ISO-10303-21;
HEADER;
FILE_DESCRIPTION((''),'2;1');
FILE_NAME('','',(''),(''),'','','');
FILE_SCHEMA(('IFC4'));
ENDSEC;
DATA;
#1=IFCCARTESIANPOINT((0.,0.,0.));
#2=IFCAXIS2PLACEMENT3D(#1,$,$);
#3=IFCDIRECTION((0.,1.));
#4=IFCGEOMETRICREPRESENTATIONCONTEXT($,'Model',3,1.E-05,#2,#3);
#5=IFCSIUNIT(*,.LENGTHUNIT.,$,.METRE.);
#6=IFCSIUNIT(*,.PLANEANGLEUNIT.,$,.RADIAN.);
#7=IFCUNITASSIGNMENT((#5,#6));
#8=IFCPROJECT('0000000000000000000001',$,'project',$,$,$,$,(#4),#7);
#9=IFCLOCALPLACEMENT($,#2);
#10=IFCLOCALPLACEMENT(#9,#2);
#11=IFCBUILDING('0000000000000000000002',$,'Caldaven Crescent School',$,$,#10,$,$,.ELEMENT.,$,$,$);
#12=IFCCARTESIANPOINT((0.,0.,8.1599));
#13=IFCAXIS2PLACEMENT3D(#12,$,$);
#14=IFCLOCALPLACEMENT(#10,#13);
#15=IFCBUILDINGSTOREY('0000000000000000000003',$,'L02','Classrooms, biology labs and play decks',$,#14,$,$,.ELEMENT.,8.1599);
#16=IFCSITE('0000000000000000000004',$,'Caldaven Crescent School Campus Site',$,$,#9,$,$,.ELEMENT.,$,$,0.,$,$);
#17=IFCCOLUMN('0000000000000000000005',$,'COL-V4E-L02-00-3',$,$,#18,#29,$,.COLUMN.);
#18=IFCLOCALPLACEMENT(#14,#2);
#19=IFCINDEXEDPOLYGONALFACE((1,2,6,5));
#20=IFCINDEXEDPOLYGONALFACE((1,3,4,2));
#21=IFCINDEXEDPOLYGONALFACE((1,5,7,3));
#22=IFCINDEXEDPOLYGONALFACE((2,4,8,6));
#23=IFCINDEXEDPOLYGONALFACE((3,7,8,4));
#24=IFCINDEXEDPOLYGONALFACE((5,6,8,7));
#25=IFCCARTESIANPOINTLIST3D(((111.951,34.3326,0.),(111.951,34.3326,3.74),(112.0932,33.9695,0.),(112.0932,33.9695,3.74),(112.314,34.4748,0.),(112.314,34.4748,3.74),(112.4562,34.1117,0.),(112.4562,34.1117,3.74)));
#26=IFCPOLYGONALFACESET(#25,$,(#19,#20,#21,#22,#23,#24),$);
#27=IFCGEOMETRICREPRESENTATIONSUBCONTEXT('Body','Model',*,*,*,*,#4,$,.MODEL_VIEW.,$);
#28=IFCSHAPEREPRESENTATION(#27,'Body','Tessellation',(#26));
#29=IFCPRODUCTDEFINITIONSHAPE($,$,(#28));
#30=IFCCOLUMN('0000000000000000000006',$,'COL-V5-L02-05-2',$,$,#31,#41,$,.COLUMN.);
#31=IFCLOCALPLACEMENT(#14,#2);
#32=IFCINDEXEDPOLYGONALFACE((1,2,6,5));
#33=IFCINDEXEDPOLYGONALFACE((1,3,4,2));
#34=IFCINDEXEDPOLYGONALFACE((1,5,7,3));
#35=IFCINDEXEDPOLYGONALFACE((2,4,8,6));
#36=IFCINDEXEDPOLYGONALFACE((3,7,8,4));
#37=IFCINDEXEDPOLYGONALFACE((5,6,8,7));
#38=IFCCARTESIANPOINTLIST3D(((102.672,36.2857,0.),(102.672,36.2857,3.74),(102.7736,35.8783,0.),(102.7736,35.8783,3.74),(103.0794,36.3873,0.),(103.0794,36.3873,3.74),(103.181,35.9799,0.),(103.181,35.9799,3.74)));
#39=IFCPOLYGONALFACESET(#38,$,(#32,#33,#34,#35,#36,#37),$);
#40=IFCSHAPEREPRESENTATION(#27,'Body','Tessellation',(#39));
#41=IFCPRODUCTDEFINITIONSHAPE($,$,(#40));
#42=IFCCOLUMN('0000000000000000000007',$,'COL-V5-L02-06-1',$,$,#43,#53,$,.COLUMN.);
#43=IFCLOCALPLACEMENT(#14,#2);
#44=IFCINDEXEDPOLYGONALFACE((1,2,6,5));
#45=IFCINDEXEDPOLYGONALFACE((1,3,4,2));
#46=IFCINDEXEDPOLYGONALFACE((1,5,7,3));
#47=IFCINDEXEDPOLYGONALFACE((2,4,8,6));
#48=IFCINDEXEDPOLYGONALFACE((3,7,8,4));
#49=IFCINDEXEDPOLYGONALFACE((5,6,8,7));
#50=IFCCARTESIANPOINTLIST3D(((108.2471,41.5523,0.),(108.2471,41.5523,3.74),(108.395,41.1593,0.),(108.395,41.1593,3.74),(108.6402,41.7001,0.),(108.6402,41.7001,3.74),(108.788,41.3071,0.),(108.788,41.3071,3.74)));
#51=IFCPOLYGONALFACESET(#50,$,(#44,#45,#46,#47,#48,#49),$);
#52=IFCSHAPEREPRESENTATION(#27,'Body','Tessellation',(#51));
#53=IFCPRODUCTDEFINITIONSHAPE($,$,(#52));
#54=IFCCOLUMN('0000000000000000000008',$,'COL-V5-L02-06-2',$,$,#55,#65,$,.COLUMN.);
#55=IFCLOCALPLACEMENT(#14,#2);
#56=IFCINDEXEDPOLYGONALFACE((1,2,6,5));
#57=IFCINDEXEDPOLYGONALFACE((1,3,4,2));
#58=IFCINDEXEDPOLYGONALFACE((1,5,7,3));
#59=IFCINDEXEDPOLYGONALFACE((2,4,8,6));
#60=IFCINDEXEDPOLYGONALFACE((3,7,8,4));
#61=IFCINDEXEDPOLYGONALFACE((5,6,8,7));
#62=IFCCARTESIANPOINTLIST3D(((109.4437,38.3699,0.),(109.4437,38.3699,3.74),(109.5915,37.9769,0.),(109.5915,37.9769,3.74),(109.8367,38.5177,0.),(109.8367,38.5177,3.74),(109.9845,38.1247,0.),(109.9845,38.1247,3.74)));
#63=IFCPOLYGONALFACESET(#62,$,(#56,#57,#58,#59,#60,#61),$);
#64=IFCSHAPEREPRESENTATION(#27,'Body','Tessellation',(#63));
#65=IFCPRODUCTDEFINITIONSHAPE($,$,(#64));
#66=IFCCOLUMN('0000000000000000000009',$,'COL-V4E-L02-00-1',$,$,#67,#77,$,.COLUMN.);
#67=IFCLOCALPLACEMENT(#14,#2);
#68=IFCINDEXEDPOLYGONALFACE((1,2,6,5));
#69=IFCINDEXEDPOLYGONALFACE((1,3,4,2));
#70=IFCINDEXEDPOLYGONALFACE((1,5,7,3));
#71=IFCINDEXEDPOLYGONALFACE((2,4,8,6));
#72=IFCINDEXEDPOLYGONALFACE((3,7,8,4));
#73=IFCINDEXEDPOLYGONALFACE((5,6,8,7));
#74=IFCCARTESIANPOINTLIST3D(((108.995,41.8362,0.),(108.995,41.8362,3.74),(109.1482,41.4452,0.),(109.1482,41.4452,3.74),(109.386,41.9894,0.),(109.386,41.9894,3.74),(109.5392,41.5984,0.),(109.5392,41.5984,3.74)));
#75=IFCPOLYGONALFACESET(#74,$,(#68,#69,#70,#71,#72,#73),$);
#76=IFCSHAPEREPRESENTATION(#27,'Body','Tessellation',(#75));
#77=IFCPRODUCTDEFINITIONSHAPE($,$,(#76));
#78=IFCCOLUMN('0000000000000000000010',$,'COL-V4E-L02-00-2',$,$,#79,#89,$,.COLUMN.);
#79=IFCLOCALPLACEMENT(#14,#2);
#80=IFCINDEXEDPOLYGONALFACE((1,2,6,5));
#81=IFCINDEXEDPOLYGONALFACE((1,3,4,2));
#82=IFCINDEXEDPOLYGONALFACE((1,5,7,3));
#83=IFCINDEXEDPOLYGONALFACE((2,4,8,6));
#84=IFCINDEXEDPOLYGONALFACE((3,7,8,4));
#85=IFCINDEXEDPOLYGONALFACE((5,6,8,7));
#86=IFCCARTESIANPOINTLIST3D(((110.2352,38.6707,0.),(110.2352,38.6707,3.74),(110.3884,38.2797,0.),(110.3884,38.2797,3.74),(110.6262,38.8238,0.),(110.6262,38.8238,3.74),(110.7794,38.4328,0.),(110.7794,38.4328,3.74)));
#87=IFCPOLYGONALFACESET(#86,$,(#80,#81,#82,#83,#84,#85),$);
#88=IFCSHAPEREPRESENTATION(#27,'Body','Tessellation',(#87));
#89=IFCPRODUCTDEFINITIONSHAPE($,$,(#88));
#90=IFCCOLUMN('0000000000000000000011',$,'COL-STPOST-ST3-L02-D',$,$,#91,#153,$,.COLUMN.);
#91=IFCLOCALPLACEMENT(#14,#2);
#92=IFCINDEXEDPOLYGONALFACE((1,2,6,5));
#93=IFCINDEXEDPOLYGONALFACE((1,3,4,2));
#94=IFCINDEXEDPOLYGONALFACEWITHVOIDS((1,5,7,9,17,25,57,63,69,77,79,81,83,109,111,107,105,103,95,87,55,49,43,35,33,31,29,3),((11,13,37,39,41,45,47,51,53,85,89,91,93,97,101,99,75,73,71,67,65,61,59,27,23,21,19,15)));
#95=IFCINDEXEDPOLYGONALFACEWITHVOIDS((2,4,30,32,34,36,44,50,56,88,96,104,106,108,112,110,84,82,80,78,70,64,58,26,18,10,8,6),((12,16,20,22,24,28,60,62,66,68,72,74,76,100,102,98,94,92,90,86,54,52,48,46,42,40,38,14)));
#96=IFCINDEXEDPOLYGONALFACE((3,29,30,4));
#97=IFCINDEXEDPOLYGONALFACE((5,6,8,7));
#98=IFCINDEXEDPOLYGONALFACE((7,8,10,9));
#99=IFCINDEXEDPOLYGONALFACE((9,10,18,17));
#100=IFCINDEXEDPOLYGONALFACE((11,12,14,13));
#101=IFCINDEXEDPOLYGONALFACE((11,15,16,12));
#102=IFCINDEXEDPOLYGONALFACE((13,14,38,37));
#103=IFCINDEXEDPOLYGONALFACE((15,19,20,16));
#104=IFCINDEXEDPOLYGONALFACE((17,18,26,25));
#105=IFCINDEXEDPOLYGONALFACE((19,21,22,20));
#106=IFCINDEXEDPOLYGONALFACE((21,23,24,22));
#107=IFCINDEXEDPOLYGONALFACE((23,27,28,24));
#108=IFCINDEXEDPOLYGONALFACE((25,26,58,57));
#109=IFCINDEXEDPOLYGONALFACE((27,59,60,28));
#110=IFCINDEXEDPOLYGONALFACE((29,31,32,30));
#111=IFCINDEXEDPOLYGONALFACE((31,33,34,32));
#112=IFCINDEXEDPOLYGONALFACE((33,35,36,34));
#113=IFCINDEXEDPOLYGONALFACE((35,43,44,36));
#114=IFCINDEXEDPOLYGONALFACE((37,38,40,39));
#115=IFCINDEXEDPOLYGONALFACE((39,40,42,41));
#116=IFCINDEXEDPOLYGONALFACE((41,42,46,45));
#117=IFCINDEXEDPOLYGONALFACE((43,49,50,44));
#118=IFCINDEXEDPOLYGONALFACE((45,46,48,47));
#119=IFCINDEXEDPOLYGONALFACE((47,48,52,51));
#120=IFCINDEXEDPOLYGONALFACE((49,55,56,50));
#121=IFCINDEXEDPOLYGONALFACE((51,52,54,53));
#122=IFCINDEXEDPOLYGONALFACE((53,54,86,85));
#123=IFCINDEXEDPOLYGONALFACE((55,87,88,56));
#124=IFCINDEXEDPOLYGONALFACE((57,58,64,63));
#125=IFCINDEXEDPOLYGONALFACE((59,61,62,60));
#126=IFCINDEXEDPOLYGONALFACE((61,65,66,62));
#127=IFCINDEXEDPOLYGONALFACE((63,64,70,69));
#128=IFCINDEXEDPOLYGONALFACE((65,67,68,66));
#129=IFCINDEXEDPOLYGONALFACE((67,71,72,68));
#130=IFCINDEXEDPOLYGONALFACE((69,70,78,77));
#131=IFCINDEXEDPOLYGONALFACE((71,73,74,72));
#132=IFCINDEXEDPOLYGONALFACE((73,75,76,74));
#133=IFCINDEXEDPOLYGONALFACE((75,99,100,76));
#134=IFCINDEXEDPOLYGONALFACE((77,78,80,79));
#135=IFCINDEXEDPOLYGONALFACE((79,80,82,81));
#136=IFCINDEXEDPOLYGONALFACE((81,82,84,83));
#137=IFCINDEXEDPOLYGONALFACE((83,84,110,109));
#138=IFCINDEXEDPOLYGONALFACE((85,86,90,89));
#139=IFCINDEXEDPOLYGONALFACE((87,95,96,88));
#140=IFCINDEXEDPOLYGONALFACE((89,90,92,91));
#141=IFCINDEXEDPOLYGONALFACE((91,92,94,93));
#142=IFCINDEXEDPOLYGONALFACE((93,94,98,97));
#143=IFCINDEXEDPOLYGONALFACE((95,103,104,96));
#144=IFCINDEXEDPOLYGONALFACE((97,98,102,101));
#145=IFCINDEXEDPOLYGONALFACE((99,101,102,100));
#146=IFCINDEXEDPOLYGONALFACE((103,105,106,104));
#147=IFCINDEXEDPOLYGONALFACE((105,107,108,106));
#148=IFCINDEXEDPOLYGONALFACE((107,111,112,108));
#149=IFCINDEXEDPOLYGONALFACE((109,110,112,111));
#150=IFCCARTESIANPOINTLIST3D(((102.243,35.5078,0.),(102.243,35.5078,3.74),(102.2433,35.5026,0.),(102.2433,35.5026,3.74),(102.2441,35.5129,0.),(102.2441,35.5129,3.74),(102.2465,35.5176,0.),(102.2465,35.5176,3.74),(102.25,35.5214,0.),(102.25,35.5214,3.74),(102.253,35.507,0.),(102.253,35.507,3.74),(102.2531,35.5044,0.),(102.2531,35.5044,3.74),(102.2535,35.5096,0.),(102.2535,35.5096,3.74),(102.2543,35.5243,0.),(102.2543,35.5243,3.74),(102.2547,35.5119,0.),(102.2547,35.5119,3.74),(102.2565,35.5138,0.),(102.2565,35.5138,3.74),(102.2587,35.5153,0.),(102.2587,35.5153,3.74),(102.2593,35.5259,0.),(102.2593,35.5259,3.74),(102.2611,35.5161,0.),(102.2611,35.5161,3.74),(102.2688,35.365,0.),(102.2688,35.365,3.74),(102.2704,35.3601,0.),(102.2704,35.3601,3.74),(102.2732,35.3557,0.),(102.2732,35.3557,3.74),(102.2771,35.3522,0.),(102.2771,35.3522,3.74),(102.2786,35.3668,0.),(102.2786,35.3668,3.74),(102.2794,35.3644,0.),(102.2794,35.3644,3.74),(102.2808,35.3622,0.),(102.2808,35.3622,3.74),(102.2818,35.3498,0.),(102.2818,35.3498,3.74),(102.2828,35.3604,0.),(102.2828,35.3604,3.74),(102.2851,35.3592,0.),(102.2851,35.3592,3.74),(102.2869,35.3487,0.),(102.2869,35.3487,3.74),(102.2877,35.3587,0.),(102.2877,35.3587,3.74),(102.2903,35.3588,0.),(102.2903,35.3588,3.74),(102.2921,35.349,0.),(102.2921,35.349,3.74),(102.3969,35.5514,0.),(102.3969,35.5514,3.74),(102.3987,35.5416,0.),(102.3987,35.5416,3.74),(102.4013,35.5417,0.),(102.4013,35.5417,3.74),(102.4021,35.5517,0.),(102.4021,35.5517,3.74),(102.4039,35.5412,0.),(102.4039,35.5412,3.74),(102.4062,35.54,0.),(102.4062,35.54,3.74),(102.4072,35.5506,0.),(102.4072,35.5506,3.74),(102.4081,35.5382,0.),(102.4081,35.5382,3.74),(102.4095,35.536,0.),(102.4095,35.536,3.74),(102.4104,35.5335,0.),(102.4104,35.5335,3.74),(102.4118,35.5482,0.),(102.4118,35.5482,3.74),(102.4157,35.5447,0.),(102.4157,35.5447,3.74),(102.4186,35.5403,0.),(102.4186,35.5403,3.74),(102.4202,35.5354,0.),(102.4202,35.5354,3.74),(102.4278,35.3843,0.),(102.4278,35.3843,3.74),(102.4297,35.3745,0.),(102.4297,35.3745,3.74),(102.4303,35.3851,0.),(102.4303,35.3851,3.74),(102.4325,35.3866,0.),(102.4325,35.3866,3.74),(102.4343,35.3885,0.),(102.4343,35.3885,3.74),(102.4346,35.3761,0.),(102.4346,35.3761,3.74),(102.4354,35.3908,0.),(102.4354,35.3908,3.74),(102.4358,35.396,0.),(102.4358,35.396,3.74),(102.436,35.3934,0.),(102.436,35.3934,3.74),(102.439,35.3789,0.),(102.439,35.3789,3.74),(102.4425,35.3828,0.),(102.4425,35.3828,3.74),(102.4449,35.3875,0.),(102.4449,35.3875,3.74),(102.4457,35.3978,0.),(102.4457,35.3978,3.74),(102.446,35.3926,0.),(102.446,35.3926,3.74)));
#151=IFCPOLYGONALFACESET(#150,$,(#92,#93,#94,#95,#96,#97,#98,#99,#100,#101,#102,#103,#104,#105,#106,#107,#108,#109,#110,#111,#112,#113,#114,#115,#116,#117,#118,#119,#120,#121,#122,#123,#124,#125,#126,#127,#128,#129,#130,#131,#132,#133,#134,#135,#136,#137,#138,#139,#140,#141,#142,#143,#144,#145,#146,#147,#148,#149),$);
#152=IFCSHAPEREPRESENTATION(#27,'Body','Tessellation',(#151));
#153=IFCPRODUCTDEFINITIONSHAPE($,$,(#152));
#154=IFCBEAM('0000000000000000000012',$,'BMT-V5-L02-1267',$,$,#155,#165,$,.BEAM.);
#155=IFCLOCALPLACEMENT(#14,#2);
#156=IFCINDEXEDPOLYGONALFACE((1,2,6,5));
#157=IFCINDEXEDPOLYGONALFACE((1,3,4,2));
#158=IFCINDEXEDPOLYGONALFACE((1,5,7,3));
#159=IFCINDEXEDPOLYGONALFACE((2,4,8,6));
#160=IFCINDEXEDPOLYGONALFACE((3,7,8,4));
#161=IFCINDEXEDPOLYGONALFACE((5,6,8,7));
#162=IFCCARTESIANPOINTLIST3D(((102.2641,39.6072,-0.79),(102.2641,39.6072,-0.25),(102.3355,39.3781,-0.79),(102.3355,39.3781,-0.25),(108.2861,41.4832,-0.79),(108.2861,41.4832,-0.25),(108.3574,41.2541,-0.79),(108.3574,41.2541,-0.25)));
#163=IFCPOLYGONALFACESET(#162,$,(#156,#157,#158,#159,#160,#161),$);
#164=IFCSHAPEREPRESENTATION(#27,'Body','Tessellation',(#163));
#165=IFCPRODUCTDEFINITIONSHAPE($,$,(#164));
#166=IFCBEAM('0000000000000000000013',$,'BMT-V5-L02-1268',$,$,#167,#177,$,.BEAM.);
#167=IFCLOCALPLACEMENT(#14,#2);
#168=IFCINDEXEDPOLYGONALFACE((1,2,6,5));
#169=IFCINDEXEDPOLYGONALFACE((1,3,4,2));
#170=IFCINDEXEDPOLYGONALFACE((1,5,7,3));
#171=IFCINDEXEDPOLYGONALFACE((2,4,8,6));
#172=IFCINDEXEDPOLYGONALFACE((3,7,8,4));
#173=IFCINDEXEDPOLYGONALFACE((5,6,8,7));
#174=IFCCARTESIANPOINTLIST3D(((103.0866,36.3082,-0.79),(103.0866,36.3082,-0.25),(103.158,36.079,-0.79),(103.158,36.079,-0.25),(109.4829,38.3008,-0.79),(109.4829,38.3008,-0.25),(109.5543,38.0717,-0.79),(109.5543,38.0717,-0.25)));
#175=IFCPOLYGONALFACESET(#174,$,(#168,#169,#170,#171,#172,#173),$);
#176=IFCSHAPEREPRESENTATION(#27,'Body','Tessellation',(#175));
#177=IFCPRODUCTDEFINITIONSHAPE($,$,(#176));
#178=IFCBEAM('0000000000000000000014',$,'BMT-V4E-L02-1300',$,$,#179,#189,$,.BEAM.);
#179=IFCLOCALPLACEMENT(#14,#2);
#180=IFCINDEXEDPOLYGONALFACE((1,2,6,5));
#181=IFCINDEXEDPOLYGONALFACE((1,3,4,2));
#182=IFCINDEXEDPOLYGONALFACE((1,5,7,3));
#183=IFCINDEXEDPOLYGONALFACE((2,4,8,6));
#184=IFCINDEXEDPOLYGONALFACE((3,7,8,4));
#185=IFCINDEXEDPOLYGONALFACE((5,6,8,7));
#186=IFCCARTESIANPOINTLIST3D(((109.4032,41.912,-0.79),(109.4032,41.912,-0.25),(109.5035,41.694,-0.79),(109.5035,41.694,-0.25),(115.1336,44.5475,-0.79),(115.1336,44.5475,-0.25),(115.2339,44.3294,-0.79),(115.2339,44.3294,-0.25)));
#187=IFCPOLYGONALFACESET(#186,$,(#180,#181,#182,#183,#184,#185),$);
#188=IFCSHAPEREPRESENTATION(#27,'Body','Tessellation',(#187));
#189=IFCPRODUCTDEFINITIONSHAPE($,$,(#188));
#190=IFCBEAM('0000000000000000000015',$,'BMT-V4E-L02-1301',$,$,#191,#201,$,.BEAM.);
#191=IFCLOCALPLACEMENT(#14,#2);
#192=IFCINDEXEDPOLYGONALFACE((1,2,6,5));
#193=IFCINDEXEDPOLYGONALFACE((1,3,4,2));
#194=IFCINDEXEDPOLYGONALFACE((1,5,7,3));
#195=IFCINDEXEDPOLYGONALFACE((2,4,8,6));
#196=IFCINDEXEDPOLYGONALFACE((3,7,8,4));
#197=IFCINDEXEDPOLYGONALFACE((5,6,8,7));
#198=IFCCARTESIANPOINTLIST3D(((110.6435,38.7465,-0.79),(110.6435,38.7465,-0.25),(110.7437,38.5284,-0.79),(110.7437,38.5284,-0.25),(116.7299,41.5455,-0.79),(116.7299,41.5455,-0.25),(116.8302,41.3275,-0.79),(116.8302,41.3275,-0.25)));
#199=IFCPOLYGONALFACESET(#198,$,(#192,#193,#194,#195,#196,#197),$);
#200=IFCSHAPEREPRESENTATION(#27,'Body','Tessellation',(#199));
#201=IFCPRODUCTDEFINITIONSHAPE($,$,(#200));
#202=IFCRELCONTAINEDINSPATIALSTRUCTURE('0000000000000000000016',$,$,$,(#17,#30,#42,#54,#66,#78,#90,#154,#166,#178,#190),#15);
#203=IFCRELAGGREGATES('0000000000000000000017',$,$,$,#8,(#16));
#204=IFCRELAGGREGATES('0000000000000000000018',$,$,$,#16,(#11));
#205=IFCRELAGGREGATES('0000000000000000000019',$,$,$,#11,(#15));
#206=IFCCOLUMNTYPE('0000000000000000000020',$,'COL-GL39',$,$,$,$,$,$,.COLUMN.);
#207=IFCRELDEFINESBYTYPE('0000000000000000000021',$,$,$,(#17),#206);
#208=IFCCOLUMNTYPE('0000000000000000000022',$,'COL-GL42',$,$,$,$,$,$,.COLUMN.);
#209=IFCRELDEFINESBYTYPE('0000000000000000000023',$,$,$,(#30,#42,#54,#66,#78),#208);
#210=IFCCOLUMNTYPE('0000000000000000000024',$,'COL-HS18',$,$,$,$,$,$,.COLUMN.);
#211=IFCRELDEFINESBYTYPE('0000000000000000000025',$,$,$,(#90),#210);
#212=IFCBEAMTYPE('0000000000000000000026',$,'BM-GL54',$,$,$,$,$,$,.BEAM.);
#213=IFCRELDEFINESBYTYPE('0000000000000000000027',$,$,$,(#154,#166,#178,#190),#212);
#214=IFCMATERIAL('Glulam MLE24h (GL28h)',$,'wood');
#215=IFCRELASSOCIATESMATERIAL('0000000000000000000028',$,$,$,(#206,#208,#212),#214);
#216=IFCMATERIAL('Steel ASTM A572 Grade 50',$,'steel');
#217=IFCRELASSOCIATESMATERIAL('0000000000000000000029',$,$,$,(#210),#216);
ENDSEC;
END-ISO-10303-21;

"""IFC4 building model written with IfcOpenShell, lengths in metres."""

from ifc_helpers import new_model, si_unit, direction, frame, origin, origin_2d, place, context, subcontext, project, spatial, rectangle, hollow_rectangle, extrude, material, material_profile, profile_set, type_object, element, save


model = new_model("IFC4")

# Units and contexts
model_context = context("Model", 3, precision=1e-05, world=origin(), true_north=direction((0.0, 1.0)))
body_context = subcontext(model_context, "Body", "Model", "MODEL_VIEW")
ifc_project = project(units=[si_unit("LENGTHUNIT", "METRE"), si_unit("PLANEANGLEUNIT", "RADIAN")], contexts=[model_context])

# Site, building, storey
site_placement = place(None, origin())
site = spatial("IfcSite", under=ifc_project, at=site_placement, Name="Caldaven Crescent School Campus Site", CompositionType="ELEMENT", RefElevation=0.0)
building_placement = place(site_placement, origin())
building = spatial("IfcBuilding", under=site, at=building_placement, Name="Caldaven Crescent School", CompositionType="ELEMENT")
storey_placement = place(building_placement, frame((0.0, 0.0, 8.1599)))
storey = spatial("IfcBuildingStorey", under=building, at=storey_placement, Name="L02", Description="Classrooms, biology labs and play decks", CompositionType="ELEMENT", Elevation=8.1599)

# Columns
ifc_material_1 = material(Name="Glulam MLE24h (GL28h)", Category="wood")
ifc_material_profile_1 = material_profile(ifc_material_1, rectangle(XDim=0.3899, YDim=0.3899, at=origin_2d()), Name="MLE 390x390")
ifc_profile_set_1 = profile_set([ifc_material_profile_1], Name="Glulam MLE24h (GL28h)")
column_type_1 = type_object("IfcColumnType", Name="COL-GL39", PredefinedType="COLUMN", material=ifc_profile_set_1)
column_1_placement = place(storey_placement, frame((112.2036, 34.2222, 0.0), z_axis=(0.0, 0.0, 1.0), x_axis=(0.364714, -0.931119, 0.0)))
element("IfcColumn", 1, at=column_1_placement, inside=storey, type_object=column_type_1, Name="COL-V4E-L02-00-3", PredefinedType="COLUMN", context=body_context, shape_type="SweptSolid", body=[
    extrude(rectangle(XDim=0.3899, YDim=0.3899, at=origin_2d()), origin(), (0.0, 0.0, 1.0), 3.74),
])
ifc_material_profile_2 = material_profile(ifc_material_1, rectangle(XDim=0.4199, YDim=0.4199, at=origin_2d()), Name="MLE 420x420")
ifc_profile_set_2 = profile_set([ifc_material_profile_2], Name="Glulam MLE24h (GL28h)")
column_type_2 = type_object("IfcColumnType", Name="COL-GL42", PredefinedType="COLUMN", material=ifc_profile_set_2)
for number, where, z_axis, x_axis, name in (
    (2, (102.9265, 36.1328, 0.0), (0.0, 0.0, 1.0), (0.241922, -0.970296, 0.0), "COL-V5-L02-05-2"),
    (3, (108.5176, 41.4297, 0.0), (0.0, 0.0, 1.0), (0.352005, -0.935998, 0.0), "COL-V5-L02-06-1"),
    (4, (109.7141, 38.2473, 0.0), (0.0, 0.0, 1.0), (0.352005, -0.935998, 0.0), "COL-V5-L02-06-2"),
    (5, (109.2671, 41.7173, 0.0), (0.0, 0.0, 1.0), (0.364714, -0.931119, 0.0), "COL-V4E-L02-00-1"),
    (6, (110.5073, 38.5518, 0.0), (0.0, 0.0, 1.0), (0.364714, -0.931119, 0.0), "COL-V4E-L02-00-2"),
):
    element("IfcColumn", number, at=place(storey_placement, frame(where, z_axis=z_axis, x_axis=x_axis)), inside=storey, type_object=column_type_2, Name=name, PredefinedType="COLUMN", context=body_context, shape_type="SweptSolid", body=[
        extrude(rectangle(XDim=0.4199, YDim=0.4199, at=origin_2d()), origin(), (0.0, 0.0, 1.0), 3.74),
    ])
ifc_material_2 = material(Name="Steel ASTM A572 Grade 50", Category="steel")
ifc_material_profile_3 = material_profile(ifc_material_2, hollow_rectangle(XDim=0.1799, YDim=0.1799, WallThickness=0.01, InnerFilletRadius=0.01, OuterFilletRadius=0.02, at=origin_2d()), Name="HSS 180x180x10")
ifc_profile_set_3 = profile_set([ifc_material_profile_3], Name="Steel ASTM A572 Grade 50")
column_type_3 = type_object("IfcColumnType", Name="COL-HS18", PredefinedType="COLUMN", material=ifc_profile_set_3)
column_2_placement = place(storey_placement, frame((102.3445, 35.4502, 0.0), z_axis=(0.0, 0.0, 1.0), x_axis=(0.983255, 0.182236, 0.0)))
element("IfcColumn", 7, at=column_2_placement, inside=storey, type_object=column_type_3, Name="COL-STPOST-ST3-L02-D", PredefinedType="COLUMN", context=body_context, shape_type="SweptSolid", body=[
    extrude(hollow_rectangle(XDim=0.1799, YDim=0.1799, WallThickness=0.01, InnerFilletRadius=0.01, OuterFilletRadius=0.02, at=origin_2d()), origin(), (0.0, 0.0, 1.0), 3.74),
])

# Beams
ifc_material_profile_4 = material_profile(ifc_material_1, rectangle(XDim=0.24, YDim=0.54, at=origin_2d()), Name="MLE 240x540")
ifc_profile_set_4 = profile_set([ifc_material_profile_4], Name="Glulam MLE24h (GL28h)")
beam_type_1 = type_object("IfcBeamType", Name="BM-GL54", PredefinedType="BEAM", material=ifc_profile_set_4)
beam_1_placement = place(storey_placement, frame((102.2998, 39.4927, -0.52), z_axis=(0.954745, 0.297424, 0.0), x_axis=(-0.297424, 0.954745, 0.0)))
element("IfcBeam", 8, at=beam_1_placement, inside=storey, type_object=beam_type_1, Name="BMT-V5-L02-1267", PredefinedType="BEAM", context=body_context, shape_type="SweptSolid", body=[
    extrude(rectangle(XDim=0.24, YDim=0.54, at=origin_2d()), origin(), (0.0, 0.0, 1.0), 6.3074),
])
beam_2_placement = place(storey_placement, frame((103.1223, 36.1936, -0.52), z_axis=(0.954741, 0.297439, 0.0), x_axis=(-0.297439, 0.954741, 0.0)))
element("IfcBeam", 9, at=beam_2_placement, inside=storey, type_object=beam_type_1, Name="BMT-V5-L02-1268", PredefinedType="BEAM", context=body_context, shape_type="SweptSolid", body=[
    extrude(rectangle(XDim=0.24, YDim=0.54, at=origin_2d()), origin(), (0.0, 0.0, 1.0), 6.6995),
])
beam_3_placement = place(storey_placement, frame((109.4534, 41.803, -0.52), z_axis=(0.908522, 0.417838, 0.0), x_axis=(-0.417838, 0.908522, 0.0)))
element("IfcBeam", 10, at=beam_3_placement, inside=storey, type_object=beam_type_1, Name="BMT-V4E-L02-1300", PredefinedType="BEAM", context=body_context, shape_type="SweptSolid", body=[
    extrude(rectangle(XDim=0.24, YDim=0.54, at=origin_2d()), origin(), (0.0, 0.0, 1.0), 6.3074),
])
beam_4_placement = place(storey_placement, frame((110.6936, 38.6375, -0.52), z_axis=(0.908529, 0.417821, 0.0), x_axis=(-0.417821, 0.908529, 0.0)))
element("IfcBeam", 11, at=beam_4_placement, inside=storey, type_object=beam_type_1, Name="BMT-V4E-L02-1301", PredefinedType="BEAM", context=body_context, shape_type="SweptSolid", body=[
    extrude(rectangle(XDim=0.24, YDim=0.54, at=origin_2d()), origin(), (0.0, 0.0, 1.0), 6.6992),
])

save(model, "model.ifc")
